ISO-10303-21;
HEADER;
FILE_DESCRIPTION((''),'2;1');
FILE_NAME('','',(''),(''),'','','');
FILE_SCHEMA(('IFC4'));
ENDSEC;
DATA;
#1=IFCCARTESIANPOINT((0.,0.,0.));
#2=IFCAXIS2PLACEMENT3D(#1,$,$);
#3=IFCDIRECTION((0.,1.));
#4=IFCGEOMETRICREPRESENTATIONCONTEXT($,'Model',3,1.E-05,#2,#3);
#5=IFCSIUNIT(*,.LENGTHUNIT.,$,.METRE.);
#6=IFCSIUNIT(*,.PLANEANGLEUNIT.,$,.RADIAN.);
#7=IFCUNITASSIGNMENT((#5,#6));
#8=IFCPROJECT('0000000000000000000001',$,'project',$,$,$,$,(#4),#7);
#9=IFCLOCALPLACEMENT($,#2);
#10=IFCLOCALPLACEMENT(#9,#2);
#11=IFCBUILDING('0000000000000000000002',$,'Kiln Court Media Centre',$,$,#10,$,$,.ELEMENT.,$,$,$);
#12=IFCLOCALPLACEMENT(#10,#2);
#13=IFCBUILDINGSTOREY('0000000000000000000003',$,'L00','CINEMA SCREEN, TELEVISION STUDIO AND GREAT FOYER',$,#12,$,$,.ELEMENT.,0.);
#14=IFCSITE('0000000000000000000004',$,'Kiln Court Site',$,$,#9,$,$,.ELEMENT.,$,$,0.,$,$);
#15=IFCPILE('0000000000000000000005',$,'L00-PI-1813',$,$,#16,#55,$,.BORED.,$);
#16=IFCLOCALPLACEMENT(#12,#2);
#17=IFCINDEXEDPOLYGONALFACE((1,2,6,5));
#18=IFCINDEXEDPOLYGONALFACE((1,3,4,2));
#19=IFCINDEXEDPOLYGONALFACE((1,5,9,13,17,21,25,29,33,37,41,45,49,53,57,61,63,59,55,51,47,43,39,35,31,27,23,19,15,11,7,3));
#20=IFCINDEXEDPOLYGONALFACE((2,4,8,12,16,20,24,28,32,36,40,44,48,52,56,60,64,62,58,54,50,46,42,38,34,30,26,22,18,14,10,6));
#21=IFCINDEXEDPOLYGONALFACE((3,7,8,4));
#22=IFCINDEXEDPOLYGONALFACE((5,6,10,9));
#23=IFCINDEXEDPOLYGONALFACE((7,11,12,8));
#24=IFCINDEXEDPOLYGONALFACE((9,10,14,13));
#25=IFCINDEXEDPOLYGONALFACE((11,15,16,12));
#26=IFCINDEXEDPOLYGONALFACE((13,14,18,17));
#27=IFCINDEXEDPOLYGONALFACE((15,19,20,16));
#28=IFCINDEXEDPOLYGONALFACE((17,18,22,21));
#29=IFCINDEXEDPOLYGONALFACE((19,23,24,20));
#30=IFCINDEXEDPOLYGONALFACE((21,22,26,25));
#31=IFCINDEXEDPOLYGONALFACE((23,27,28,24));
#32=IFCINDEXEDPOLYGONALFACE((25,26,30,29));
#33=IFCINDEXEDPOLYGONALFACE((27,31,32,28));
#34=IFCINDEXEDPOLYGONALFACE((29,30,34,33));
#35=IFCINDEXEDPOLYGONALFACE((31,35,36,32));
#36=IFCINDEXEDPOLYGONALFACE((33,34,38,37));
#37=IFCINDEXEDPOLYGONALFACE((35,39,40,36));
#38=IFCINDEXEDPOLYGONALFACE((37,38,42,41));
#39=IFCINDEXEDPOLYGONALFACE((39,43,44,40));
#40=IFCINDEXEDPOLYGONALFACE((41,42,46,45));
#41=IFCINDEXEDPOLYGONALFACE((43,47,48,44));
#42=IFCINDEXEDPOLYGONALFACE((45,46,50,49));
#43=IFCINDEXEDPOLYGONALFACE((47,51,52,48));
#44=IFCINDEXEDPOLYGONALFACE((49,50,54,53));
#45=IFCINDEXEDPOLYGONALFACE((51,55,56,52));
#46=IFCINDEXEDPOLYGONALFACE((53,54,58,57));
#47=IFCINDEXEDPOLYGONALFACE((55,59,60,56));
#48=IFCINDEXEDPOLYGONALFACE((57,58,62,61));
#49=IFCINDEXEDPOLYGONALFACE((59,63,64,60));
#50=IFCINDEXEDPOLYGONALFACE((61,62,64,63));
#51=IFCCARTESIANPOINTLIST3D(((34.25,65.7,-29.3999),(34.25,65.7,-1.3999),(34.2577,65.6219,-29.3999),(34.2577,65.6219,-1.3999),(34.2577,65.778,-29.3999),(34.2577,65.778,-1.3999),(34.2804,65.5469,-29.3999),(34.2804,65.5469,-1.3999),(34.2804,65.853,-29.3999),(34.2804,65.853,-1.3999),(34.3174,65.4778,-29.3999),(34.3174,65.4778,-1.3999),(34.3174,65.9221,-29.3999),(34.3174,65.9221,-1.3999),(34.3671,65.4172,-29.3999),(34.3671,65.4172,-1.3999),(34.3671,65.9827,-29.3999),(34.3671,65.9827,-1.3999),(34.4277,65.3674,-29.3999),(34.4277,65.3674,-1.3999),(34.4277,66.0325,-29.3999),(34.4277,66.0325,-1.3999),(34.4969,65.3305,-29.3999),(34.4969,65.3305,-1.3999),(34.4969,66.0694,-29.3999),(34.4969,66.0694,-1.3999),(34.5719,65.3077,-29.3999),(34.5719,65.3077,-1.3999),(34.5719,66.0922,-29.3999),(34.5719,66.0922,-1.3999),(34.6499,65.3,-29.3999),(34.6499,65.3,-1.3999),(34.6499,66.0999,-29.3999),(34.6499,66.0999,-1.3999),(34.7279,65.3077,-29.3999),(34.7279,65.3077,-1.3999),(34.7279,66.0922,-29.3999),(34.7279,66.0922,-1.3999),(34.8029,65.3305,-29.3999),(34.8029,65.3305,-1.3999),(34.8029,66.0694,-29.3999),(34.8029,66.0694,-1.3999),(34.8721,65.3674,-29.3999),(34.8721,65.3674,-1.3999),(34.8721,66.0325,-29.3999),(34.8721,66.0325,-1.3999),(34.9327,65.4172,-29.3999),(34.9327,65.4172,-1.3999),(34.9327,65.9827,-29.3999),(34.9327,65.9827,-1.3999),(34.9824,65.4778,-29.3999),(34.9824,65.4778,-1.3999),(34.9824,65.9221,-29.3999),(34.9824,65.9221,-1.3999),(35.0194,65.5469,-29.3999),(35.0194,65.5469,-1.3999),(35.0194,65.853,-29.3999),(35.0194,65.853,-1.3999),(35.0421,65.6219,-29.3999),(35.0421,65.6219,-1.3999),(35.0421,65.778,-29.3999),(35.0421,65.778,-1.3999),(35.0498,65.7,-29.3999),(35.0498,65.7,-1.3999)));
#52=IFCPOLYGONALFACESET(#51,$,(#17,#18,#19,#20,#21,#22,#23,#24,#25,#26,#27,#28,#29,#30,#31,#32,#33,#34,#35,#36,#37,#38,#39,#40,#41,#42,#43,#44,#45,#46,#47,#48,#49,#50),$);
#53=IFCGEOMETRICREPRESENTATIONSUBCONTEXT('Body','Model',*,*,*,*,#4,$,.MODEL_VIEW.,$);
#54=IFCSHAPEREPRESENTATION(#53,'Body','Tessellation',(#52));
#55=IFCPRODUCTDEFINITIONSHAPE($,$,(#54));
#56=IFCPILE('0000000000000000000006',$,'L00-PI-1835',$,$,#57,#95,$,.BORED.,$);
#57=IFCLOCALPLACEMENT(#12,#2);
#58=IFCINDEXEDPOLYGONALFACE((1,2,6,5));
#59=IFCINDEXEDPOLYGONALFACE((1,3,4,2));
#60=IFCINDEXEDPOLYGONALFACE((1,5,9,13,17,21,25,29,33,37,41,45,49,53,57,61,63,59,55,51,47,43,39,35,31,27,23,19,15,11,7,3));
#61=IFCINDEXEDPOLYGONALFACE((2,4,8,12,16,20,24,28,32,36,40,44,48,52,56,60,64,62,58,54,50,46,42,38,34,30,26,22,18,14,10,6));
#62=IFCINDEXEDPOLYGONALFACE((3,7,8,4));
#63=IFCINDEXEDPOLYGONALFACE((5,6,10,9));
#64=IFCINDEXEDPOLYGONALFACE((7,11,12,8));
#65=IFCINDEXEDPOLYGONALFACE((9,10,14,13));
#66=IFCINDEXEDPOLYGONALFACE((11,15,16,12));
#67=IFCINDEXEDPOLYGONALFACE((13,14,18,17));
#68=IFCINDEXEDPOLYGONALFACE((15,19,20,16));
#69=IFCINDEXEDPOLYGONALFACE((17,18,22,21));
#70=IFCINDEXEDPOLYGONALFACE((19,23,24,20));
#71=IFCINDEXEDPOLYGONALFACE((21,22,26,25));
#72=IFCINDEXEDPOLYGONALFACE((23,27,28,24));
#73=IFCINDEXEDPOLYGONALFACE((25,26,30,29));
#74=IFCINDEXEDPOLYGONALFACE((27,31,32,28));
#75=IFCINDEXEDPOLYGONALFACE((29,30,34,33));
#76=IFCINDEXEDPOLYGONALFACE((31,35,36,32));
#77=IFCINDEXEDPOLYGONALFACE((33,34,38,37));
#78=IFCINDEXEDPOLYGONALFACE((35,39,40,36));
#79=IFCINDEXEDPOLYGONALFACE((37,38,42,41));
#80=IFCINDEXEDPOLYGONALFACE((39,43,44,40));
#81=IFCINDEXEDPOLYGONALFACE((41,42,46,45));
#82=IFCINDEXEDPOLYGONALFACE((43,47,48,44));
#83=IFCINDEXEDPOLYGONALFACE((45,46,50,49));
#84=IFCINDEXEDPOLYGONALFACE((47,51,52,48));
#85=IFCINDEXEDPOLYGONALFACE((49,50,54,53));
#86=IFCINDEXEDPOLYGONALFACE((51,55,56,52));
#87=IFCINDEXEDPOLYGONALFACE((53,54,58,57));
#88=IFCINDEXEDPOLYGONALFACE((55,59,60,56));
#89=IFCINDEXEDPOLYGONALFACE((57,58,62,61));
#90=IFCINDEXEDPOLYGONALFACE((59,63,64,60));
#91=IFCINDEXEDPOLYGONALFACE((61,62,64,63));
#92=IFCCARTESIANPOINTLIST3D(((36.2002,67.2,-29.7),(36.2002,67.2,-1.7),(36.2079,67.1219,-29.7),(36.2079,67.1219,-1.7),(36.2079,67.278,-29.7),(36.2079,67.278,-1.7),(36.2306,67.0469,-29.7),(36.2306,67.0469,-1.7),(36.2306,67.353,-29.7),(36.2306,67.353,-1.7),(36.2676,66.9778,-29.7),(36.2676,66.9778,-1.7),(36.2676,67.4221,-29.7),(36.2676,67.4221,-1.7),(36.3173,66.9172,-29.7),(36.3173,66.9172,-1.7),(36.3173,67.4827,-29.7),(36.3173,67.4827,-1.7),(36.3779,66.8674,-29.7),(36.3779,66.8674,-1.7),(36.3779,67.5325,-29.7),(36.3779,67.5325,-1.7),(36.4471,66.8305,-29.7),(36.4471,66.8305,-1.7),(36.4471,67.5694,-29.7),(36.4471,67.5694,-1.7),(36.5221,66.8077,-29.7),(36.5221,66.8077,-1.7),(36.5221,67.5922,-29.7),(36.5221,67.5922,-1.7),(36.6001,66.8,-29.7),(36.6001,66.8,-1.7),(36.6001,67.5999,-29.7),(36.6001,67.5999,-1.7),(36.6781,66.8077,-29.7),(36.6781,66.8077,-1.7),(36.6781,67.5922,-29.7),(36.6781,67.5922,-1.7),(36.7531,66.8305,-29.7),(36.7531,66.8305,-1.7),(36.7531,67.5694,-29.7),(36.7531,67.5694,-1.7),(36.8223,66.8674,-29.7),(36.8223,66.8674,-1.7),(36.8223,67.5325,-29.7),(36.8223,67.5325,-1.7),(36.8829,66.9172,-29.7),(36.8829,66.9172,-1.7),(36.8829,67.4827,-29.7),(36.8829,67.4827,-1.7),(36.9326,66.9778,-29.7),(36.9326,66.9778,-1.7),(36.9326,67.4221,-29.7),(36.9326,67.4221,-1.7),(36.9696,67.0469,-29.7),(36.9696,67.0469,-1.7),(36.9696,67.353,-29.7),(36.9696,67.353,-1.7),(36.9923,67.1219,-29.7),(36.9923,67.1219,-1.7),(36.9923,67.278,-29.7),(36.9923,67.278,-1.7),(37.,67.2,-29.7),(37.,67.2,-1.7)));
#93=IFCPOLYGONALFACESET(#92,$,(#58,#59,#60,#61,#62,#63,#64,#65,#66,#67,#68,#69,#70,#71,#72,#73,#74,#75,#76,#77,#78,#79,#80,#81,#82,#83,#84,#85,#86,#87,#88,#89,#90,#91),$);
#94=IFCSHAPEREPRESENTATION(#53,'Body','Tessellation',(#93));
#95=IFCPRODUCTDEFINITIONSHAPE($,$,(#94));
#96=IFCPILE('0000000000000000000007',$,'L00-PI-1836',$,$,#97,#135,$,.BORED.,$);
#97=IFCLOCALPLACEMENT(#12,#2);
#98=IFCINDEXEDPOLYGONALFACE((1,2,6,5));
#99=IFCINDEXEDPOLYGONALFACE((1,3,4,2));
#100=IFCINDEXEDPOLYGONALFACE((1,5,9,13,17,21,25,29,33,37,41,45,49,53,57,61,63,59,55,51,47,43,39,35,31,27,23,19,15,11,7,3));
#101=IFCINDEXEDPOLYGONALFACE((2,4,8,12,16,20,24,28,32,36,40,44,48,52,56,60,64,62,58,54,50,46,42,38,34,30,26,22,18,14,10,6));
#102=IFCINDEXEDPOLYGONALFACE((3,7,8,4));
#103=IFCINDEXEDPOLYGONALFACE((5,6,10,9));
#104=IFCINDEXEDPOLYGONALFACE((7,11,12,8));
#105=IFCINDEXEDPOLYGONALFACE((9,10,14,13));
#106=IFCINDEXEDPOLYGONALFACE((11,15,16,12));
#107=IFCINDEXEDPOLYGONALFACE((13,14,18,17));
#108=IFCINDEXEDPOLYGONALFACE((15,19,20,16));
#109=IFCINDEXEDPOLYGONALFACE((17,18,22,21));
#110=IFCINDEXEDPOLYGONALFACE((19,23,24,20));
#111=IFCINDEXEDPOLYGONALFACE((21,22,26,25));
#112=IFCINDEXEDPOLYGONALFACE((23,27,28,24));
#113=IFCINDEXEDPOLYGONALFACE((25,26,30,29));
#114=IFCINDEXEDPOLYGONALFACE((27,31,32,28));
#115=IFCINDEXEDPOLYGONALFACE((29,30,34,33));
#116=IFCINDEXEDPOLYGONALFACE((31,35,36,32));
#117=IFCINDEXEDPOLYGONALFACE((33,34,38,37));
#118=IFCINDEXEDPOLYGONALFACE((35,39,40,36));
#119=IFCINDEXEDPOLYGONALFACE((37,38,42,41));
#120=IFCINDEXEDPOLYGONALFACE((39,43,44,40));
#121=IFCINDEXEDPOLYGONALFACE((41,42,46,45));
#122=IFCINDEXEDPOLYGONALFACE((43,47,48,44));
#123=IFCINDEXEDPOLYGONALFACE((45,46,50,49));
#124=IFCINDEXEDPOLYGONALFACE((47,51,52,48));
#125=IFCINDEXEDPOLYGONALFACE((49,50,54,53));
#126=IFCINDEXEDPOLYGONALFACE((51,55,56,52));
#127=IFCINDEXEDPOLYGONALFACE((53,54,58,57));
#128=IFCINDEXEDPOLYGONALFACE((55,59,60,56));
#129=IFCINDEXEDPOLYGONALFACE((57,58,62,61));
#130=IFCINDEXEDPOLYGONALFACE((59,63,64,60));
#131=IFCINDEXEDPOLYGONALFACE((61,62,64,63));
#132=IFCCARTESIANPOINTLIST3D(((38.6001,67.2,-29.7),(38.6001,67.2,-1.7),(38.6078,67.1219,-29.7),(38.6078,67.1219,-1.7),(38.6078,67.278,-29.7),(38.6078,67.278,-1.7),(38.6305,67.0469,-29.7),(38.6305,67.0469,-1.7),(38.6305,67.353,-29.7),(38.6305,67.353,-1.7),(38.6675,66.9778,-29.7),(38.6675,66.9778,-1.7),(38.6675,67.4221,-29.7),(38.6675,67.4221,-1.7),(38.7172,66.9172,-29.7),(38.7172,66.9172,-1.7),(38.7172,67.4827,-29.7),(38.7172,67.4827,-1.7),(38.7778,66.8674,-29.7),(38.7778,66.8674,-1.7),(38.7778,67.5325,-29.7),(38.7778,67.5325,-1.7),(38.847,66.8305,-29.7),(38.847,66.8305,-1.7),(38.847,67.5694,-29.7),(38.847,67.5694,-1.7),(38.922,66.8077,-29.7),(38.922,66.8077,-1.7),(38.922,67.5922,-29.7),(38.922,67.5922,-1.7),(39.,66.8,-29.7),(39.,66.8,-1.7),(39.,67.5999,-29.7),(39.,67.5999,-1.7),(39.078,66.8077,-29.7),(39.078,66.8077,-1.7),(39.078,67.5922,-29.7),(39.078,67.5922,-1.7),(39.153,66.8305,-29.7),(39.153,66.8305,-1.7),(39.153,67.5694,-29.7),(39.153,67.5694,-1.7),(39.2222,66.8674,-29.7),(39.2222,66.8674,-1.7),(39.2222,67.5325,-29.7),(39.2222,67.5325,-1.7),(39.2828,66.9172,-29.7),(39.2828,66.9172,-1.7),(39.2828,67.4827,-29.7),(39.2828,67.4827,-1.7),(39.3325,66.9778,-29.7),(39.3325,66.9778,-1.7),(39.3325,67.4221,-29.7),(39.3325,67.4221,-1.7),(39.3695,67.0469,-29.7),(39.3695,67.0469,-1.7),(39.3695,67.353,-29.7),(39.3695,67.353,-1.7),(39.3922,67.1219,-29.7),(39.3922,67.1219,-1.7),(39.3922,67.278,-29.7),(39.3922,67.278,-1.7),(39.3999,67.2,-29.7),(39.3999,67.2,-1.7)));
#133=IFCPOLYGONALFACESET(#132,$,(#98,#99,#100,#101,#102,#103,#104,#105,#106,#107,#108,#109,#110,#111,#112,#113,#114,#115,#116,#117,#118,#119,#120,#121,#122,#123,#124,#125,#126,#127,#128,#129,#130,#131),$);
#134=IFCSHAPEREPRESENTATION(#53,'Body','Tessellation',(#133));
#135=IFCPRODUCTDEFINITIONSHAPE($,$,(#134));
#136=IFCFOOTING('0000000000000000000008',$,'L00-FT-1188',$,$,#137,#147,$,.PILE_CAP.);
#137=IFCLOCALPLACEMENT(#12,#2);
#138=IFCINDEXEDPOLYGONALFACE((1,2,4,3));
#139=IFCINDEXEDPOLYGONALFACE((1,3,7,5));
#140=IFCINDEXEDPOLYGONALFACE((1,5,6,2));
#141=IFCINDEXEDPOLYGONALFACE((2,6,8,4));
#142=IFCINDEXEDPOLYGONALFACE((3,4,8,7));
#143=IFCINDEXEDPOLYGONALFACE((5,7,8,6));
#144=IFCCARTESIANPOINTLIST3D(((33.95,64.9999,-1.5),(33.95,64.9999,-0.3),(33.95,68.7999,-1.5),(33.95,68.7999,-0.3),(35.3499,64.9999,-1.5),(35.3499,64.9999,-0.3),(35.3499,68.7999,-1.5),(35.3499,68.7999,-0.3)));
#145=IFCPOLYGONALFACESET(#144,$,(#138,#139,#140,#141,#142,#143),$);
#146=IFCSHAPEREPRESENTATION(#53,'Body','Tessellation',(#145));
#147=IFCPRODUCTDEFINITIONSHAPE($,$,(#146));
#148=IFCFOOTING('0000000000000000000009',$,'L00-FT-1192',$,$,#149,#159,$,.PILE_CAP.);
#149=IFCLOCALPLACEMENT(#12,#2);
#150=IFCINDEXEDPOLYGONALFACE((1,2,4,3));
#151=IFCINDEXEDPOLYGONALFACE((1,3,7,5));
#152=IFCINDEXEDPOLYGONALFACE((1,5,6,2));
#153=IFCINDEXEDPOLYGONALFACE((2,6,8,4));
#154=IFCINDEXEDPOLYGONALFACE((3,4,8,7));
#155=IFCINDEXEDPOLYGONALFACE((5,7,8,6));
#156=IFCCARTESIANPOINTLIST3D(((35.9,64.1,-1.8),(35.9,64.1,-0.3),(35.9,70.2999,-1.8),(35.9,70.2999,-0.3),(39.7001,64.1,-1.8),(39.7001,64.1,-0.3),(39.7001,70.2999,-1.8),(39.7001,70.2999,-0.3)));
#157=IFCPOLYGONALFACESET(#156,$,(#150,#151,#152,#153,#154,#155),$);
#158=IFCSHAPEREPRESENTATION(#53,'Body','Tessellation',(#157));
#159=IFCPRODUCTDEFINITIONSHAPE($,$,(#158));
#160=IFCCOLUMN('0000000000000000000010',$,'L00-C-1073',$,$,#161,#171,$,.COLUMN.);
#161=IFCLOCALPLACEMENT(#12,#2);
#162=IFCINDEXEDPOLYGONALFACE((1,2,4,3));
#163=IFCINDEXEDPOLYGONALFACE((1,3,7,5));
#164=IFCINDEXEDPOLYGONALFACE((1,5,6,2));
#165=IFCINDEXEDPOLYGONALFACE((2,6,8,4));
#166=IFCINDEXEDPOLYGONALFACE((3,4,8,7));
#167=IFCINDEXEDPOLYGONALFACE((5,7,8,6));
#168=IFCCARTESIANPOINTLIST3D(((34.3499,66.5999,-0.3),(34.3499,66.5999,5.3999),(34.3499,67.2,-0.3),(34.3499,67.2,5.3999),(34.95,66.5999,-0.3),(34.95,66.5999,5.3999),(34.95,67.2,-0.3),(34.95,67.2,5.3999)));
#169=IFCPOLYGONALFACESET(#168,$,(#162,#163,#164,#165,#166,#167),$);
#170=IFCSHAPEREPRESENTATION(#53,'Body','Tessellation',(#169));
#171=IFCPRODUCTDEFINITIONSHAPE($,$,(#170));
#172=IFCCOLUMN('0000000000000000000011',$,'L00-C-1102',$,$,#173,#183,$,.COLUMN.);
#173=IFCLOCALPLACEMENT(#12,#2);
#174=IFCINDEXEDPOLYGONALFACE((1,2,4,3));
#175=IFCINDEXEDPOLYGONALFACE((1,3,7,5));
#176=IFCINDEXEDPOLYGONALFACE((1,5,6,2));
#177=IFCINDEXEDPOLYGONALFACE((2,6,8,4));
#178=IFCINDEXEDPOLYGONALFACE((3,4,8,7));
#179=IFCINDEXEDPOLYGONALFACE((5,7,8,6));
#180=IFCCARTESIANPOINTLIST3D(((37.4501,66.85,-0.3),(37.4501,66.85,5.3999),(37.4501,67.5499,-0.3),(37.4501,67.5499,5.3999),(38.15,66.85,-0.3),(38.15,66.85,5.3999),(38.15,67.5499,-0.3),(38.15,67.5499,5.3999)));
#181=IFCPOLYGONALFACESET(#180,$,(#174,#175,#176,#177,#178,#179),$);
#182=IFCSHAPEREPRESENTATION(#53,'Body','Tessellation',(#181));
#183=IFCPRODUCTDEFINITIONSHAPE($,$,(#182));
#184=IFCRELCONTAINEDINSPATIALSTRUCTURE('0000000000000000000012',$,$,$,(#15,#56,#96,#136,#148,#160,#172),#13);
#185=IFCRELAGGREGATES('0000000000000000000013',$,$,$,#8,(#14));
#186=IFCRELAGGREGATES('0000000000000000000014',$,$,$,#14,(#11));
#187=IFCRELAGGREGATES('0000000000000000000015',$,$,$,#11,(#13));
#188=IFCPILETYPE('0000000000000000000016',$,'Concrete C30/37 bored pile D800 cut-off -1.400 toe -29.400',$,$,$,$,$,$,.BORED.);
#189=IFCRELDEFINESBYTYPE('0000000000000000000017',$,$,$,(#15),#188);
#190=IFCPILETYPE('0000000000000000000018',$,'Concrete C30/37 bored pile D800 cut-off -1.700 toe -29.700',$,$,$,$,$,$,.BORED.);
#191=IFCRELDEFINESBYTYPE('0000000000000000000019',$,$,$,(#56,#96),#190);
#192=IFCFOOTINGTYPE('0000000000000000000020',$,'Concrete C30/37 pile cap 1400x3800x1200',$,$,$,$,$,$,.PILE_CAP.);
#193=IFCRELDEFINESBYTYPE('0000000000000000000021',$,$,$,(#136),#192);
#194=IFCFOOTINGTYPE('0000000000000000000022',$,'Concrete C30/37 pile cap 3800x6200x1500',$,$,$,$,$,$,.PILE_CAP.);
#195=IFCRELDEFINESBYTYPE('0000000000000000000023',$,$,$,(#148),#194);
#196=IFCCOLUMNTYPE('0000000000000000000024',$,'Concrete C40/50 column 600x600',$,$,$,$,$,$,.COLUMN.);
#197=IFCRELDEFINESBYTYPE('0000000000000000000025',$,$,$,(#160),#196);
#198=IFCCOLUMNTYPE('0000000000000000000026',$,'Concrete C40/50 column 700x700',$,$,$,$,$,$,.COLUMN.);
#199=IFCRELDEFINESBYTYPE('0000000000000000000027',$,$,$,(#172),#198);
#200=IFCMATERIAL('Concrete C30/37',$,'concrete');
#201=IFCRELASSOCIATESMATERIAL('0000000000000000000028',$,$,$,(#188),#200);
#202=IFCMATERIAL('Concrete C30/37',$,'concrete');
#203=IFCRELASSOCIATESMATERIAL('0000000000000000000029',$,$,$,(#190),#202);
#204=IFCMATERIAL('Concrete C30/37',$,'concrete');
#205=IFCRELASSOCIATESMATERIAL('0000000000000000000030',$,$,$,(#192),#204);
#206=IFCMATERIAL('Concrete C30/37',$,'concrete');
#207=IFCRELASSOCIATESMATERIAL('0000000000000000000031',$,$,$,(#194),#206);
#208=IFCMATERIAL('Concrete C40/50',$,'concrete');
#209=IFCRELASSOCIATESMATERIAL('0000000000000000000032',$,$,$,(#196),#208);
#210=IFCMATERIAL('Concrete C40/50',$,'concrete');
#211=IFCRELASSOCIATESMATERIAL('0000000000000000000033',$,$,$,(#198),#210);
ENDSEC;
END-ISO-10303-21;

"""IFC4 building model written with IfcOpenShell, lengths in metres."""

from ifc_helpers import new_model, si_unit, direction, frame, origin, origin_2d, place, context, subcontext, project, spatial, rectangle, circle, extrude, material, material_profile, profile_set, type_object, element, save


model = new_model("IFC4")

# Units and contexts
model_context = context("Model", 3, precision=1e-05, world=origin(), true_north=direction((0.0, 1.0)))
body_context = subcontext(model_context, "Body", "Model", "MODEL_VIEW")
ifc_project = project(units=[si_unit("LENGTHUNIT", "METRE"), si_unit("PLANEANGLEUNIT", "RADIAN")], contexts=[model_context])

# Site, building, storey
site_placement = place(None, origin())
site = spatial("IfcSite", under=ifc_project, at=site_placement, Name="Kiln Court Site", CompositionType="ELEMENT", RefElevation=0.0)
building_placement = place(site_placement, origin())
building = spatial("IfcBuilding", under=site, at=building_placement, Name="Kiln Court Media Centre", CompositionType="ELEMENT")
storey_placement = place(building_placement, origin())
storey = spatial("IfcBuildingStorey", under=building, at=storey_placement, Name="L00", Description="CINEMA SCREEN, TELEVISION STUDIO AND GREAT FOYER", CompositionType="ELEMENT", Elevation=0.0)

# Piles
ifc_material_1 = material(Name="Concrete C30/37", Category="concrete")
ifc_material_profile_1 = material_profile(ifc_material_1, circle(Radius=0.3999, at=origin_2d()), Name="PILE D800")
ifc_profile_set_1 = profile_set([ifc_material_profile_1], Name="Concrete C30/37")
pile_type_1 = type_object("IfcPileType", Name="Concrete C30/37 bored pile D800 cut-off -1.400 toe -29.400", PredefinedType="BORED", material=ifc_profile_set_1)
pile_placement = place(storey_placement, frame((34.6499, 65.7, -1.3999), z_axis=(0.0, 0.0, -1.0), x_axis=(1.0, 0.0, 0.0)))
element("IfcPile", 1, at=pile_placement, inside=storey, type_object=pile_type_1, Name="L00-PI-1813", PredefinedType="BORED", context=body_context, shape_type="SweptSolid", body=[
    extrude(circle(Radius=0.3999, at=origin_2d()), origin(), (0.0, 0.0, 1.0), 28.0),
])
ifc_material_2 = material(Name="Concrete C30/37", Category="concrete")
ifc_material_profile_2 = material_profile(ifc_material_2, circle(Radius=0.3999, at=origin_2d()), Name="PILE D800")
ifc_profile_set_2 = profile_set([ifc_material_profile_2], Name="Concrete C30/37")
pile_type_2 = type_object("IfcPileType", Name="Concrete C30/37 bored pile D800 cut-off -1.700 toe -29.700", PredefinedType="BORED", material=ifc_profile_set_2)
for number, where, z_axis, x_axis, name in (
    (2, (36.6001, 67.2, -1.7), (0.0, 0.0, -1.0), (1.0, 0.0, 0.0), "L00-PI-1835"),
    (3, (39.0, 67.2, -1.7), (0.0, 0.0, -1.0), (1.0, 0.0, 0.0), "L00-PI-1836"),
):
    element("IfcPile", number, at=place(storey_placement, frame(where, z_axis=z_axis, x_axis=x_axis)), inside=storey, type_object=pile_type_2, Name=name, PredefinedType="BORED", context=body_context, shape_type="SweptSolid", body=[
        extrude(circle(Radius=0.3999, at=origin_2d()), origin(), (0.0, 0.0, 1.0), 28.0),
    ])

# Footings
ifc_material_3 = material(Name="Concrete C30/37", Category="concrete")
footing_type_1 = type_object("IfcFootingType", Name="Concrete C30/37 pile cap 1400x3800x1200", PredefinedType="PILE_CAP", material=ifc_material_3)
footing_1_placement = place(storey_placement, frame((34.6499, 66.8999, -1.5), z_axis=(0.0, 0.0, 1.0), x_axis=(1.0, 0.0, 0.0)))
element("IfcFooting", 4, at=footing_1_placement, inside=storey, type_object=footing_type_1, Name="L00-FT-1188", PredefinedType="PILE_CAP", context=body_context, shape_type="SweptSolid", body=[
    extrude(rectangle(XDim=1.3999, YDim=3.8, at=origin_2d()), origin(), (0.0, 0.0, 1.0), 1.2),
])
ifc_material_4 = material(Name="Concrete C30/37", Category="concrete")
footing_type_2 = type_object("IfcFootingType", Name="Concrete C30/37 pile cap 3800x6200x1500", PredefinedType="PILE_CAP", material=ifc_material_4)
footing_2_placement = place(storey_placement, frame((37.8, 67.2, -1.8), z_axis=(0.0, 0.0, 1.0), x_axis=(1.0, 0.0, 0.0)))
element("IfcFooting", 5, at=footing_2_placement, inside=storey, type_object=footing_type_2, Name="L00-FT-1192", PredefinedType="PILE_CAP", context=body_context, shape_type="SweptSolid", body=[
    extrude(rectangle(XDim=3.8, YDim=6.2, at=origin_2d()), origin(), (0.0, 0.0, 1.0), 1.5),
])

# Columns
ifc_material_5 = material(Name="Concrete C40/50", Category="concrete")
ifc_material_profile_3 = material_profile(ifc_material_5, rectangle(XDim=0.6001, YDim=0.6001, at=origin_2d()), Name="RC 600x600")
ifc_profile_set_3 = profile_set([ifc_material_profile_3], Name="Concrete C40/50")
column_type_1 = type_object("IfcColumnType", Name="Concrete C40/50 column 600x600", PredefinedType="COLUMN", material=ifc_profile_set_3)
column_1_placement = place(storey_placement, frame((34.6499, 66.8999, -0.3), z_axis=(0.0, 0.0, 1.0), x_axis=(1.0, 0.0, 0.0)))
element("IfcColumn", 6, at=column_1_placement, inside=storey, type_object=column_type_1, Name="L00-C-1073", PredefinedType="COLUMN", context=body_context, shape_type="SweptSolid", body=[
    extrude(rectangle(XDim=0.6001, YDim=0.6001, at=origin_2d()), origin(), (0.0, 0.0, 1.0), 5.7),
])
ifc_material_6 = material(Name="Concrete C40/50", Category="concrete")
ifc_material_profile_4 = material_profile(ifc_material_6, rectangle(XDim=0.7, YDim=0.7, at=origin_2d()), Name="RC 700x700")
ifc_profile_set_4 = profile_set([ifc_material_profile_4], Name="Concrete C40/50")
column_type_2 = type_object("IfcColumnType", Name="Concrete C40/50 column 700x700", PredefinedType="COLUMN", material=ifc_profile_set_4)
column_2_placement = place(storey_placement, frame((37.8, 67.2, -0.3), z_axis=(0.0, 0.0, 1.0), x_axis=(1.0, 0.0, 0.0)))
element("IfcColumn", 7, at=column_2_placement, inside=storey, type_object=column_type_2, Name="L00-C-1102", PredefinedType="COLUMN", context=body_context, shape_type="SweptSolid", body=[
    extrude(rectangle(XDim=0.7, YDim=0.7, at=origin_2d()), origin(), (0.0, 0.0, 1.0), 5.7),
])

save(model, "model.ifc")
